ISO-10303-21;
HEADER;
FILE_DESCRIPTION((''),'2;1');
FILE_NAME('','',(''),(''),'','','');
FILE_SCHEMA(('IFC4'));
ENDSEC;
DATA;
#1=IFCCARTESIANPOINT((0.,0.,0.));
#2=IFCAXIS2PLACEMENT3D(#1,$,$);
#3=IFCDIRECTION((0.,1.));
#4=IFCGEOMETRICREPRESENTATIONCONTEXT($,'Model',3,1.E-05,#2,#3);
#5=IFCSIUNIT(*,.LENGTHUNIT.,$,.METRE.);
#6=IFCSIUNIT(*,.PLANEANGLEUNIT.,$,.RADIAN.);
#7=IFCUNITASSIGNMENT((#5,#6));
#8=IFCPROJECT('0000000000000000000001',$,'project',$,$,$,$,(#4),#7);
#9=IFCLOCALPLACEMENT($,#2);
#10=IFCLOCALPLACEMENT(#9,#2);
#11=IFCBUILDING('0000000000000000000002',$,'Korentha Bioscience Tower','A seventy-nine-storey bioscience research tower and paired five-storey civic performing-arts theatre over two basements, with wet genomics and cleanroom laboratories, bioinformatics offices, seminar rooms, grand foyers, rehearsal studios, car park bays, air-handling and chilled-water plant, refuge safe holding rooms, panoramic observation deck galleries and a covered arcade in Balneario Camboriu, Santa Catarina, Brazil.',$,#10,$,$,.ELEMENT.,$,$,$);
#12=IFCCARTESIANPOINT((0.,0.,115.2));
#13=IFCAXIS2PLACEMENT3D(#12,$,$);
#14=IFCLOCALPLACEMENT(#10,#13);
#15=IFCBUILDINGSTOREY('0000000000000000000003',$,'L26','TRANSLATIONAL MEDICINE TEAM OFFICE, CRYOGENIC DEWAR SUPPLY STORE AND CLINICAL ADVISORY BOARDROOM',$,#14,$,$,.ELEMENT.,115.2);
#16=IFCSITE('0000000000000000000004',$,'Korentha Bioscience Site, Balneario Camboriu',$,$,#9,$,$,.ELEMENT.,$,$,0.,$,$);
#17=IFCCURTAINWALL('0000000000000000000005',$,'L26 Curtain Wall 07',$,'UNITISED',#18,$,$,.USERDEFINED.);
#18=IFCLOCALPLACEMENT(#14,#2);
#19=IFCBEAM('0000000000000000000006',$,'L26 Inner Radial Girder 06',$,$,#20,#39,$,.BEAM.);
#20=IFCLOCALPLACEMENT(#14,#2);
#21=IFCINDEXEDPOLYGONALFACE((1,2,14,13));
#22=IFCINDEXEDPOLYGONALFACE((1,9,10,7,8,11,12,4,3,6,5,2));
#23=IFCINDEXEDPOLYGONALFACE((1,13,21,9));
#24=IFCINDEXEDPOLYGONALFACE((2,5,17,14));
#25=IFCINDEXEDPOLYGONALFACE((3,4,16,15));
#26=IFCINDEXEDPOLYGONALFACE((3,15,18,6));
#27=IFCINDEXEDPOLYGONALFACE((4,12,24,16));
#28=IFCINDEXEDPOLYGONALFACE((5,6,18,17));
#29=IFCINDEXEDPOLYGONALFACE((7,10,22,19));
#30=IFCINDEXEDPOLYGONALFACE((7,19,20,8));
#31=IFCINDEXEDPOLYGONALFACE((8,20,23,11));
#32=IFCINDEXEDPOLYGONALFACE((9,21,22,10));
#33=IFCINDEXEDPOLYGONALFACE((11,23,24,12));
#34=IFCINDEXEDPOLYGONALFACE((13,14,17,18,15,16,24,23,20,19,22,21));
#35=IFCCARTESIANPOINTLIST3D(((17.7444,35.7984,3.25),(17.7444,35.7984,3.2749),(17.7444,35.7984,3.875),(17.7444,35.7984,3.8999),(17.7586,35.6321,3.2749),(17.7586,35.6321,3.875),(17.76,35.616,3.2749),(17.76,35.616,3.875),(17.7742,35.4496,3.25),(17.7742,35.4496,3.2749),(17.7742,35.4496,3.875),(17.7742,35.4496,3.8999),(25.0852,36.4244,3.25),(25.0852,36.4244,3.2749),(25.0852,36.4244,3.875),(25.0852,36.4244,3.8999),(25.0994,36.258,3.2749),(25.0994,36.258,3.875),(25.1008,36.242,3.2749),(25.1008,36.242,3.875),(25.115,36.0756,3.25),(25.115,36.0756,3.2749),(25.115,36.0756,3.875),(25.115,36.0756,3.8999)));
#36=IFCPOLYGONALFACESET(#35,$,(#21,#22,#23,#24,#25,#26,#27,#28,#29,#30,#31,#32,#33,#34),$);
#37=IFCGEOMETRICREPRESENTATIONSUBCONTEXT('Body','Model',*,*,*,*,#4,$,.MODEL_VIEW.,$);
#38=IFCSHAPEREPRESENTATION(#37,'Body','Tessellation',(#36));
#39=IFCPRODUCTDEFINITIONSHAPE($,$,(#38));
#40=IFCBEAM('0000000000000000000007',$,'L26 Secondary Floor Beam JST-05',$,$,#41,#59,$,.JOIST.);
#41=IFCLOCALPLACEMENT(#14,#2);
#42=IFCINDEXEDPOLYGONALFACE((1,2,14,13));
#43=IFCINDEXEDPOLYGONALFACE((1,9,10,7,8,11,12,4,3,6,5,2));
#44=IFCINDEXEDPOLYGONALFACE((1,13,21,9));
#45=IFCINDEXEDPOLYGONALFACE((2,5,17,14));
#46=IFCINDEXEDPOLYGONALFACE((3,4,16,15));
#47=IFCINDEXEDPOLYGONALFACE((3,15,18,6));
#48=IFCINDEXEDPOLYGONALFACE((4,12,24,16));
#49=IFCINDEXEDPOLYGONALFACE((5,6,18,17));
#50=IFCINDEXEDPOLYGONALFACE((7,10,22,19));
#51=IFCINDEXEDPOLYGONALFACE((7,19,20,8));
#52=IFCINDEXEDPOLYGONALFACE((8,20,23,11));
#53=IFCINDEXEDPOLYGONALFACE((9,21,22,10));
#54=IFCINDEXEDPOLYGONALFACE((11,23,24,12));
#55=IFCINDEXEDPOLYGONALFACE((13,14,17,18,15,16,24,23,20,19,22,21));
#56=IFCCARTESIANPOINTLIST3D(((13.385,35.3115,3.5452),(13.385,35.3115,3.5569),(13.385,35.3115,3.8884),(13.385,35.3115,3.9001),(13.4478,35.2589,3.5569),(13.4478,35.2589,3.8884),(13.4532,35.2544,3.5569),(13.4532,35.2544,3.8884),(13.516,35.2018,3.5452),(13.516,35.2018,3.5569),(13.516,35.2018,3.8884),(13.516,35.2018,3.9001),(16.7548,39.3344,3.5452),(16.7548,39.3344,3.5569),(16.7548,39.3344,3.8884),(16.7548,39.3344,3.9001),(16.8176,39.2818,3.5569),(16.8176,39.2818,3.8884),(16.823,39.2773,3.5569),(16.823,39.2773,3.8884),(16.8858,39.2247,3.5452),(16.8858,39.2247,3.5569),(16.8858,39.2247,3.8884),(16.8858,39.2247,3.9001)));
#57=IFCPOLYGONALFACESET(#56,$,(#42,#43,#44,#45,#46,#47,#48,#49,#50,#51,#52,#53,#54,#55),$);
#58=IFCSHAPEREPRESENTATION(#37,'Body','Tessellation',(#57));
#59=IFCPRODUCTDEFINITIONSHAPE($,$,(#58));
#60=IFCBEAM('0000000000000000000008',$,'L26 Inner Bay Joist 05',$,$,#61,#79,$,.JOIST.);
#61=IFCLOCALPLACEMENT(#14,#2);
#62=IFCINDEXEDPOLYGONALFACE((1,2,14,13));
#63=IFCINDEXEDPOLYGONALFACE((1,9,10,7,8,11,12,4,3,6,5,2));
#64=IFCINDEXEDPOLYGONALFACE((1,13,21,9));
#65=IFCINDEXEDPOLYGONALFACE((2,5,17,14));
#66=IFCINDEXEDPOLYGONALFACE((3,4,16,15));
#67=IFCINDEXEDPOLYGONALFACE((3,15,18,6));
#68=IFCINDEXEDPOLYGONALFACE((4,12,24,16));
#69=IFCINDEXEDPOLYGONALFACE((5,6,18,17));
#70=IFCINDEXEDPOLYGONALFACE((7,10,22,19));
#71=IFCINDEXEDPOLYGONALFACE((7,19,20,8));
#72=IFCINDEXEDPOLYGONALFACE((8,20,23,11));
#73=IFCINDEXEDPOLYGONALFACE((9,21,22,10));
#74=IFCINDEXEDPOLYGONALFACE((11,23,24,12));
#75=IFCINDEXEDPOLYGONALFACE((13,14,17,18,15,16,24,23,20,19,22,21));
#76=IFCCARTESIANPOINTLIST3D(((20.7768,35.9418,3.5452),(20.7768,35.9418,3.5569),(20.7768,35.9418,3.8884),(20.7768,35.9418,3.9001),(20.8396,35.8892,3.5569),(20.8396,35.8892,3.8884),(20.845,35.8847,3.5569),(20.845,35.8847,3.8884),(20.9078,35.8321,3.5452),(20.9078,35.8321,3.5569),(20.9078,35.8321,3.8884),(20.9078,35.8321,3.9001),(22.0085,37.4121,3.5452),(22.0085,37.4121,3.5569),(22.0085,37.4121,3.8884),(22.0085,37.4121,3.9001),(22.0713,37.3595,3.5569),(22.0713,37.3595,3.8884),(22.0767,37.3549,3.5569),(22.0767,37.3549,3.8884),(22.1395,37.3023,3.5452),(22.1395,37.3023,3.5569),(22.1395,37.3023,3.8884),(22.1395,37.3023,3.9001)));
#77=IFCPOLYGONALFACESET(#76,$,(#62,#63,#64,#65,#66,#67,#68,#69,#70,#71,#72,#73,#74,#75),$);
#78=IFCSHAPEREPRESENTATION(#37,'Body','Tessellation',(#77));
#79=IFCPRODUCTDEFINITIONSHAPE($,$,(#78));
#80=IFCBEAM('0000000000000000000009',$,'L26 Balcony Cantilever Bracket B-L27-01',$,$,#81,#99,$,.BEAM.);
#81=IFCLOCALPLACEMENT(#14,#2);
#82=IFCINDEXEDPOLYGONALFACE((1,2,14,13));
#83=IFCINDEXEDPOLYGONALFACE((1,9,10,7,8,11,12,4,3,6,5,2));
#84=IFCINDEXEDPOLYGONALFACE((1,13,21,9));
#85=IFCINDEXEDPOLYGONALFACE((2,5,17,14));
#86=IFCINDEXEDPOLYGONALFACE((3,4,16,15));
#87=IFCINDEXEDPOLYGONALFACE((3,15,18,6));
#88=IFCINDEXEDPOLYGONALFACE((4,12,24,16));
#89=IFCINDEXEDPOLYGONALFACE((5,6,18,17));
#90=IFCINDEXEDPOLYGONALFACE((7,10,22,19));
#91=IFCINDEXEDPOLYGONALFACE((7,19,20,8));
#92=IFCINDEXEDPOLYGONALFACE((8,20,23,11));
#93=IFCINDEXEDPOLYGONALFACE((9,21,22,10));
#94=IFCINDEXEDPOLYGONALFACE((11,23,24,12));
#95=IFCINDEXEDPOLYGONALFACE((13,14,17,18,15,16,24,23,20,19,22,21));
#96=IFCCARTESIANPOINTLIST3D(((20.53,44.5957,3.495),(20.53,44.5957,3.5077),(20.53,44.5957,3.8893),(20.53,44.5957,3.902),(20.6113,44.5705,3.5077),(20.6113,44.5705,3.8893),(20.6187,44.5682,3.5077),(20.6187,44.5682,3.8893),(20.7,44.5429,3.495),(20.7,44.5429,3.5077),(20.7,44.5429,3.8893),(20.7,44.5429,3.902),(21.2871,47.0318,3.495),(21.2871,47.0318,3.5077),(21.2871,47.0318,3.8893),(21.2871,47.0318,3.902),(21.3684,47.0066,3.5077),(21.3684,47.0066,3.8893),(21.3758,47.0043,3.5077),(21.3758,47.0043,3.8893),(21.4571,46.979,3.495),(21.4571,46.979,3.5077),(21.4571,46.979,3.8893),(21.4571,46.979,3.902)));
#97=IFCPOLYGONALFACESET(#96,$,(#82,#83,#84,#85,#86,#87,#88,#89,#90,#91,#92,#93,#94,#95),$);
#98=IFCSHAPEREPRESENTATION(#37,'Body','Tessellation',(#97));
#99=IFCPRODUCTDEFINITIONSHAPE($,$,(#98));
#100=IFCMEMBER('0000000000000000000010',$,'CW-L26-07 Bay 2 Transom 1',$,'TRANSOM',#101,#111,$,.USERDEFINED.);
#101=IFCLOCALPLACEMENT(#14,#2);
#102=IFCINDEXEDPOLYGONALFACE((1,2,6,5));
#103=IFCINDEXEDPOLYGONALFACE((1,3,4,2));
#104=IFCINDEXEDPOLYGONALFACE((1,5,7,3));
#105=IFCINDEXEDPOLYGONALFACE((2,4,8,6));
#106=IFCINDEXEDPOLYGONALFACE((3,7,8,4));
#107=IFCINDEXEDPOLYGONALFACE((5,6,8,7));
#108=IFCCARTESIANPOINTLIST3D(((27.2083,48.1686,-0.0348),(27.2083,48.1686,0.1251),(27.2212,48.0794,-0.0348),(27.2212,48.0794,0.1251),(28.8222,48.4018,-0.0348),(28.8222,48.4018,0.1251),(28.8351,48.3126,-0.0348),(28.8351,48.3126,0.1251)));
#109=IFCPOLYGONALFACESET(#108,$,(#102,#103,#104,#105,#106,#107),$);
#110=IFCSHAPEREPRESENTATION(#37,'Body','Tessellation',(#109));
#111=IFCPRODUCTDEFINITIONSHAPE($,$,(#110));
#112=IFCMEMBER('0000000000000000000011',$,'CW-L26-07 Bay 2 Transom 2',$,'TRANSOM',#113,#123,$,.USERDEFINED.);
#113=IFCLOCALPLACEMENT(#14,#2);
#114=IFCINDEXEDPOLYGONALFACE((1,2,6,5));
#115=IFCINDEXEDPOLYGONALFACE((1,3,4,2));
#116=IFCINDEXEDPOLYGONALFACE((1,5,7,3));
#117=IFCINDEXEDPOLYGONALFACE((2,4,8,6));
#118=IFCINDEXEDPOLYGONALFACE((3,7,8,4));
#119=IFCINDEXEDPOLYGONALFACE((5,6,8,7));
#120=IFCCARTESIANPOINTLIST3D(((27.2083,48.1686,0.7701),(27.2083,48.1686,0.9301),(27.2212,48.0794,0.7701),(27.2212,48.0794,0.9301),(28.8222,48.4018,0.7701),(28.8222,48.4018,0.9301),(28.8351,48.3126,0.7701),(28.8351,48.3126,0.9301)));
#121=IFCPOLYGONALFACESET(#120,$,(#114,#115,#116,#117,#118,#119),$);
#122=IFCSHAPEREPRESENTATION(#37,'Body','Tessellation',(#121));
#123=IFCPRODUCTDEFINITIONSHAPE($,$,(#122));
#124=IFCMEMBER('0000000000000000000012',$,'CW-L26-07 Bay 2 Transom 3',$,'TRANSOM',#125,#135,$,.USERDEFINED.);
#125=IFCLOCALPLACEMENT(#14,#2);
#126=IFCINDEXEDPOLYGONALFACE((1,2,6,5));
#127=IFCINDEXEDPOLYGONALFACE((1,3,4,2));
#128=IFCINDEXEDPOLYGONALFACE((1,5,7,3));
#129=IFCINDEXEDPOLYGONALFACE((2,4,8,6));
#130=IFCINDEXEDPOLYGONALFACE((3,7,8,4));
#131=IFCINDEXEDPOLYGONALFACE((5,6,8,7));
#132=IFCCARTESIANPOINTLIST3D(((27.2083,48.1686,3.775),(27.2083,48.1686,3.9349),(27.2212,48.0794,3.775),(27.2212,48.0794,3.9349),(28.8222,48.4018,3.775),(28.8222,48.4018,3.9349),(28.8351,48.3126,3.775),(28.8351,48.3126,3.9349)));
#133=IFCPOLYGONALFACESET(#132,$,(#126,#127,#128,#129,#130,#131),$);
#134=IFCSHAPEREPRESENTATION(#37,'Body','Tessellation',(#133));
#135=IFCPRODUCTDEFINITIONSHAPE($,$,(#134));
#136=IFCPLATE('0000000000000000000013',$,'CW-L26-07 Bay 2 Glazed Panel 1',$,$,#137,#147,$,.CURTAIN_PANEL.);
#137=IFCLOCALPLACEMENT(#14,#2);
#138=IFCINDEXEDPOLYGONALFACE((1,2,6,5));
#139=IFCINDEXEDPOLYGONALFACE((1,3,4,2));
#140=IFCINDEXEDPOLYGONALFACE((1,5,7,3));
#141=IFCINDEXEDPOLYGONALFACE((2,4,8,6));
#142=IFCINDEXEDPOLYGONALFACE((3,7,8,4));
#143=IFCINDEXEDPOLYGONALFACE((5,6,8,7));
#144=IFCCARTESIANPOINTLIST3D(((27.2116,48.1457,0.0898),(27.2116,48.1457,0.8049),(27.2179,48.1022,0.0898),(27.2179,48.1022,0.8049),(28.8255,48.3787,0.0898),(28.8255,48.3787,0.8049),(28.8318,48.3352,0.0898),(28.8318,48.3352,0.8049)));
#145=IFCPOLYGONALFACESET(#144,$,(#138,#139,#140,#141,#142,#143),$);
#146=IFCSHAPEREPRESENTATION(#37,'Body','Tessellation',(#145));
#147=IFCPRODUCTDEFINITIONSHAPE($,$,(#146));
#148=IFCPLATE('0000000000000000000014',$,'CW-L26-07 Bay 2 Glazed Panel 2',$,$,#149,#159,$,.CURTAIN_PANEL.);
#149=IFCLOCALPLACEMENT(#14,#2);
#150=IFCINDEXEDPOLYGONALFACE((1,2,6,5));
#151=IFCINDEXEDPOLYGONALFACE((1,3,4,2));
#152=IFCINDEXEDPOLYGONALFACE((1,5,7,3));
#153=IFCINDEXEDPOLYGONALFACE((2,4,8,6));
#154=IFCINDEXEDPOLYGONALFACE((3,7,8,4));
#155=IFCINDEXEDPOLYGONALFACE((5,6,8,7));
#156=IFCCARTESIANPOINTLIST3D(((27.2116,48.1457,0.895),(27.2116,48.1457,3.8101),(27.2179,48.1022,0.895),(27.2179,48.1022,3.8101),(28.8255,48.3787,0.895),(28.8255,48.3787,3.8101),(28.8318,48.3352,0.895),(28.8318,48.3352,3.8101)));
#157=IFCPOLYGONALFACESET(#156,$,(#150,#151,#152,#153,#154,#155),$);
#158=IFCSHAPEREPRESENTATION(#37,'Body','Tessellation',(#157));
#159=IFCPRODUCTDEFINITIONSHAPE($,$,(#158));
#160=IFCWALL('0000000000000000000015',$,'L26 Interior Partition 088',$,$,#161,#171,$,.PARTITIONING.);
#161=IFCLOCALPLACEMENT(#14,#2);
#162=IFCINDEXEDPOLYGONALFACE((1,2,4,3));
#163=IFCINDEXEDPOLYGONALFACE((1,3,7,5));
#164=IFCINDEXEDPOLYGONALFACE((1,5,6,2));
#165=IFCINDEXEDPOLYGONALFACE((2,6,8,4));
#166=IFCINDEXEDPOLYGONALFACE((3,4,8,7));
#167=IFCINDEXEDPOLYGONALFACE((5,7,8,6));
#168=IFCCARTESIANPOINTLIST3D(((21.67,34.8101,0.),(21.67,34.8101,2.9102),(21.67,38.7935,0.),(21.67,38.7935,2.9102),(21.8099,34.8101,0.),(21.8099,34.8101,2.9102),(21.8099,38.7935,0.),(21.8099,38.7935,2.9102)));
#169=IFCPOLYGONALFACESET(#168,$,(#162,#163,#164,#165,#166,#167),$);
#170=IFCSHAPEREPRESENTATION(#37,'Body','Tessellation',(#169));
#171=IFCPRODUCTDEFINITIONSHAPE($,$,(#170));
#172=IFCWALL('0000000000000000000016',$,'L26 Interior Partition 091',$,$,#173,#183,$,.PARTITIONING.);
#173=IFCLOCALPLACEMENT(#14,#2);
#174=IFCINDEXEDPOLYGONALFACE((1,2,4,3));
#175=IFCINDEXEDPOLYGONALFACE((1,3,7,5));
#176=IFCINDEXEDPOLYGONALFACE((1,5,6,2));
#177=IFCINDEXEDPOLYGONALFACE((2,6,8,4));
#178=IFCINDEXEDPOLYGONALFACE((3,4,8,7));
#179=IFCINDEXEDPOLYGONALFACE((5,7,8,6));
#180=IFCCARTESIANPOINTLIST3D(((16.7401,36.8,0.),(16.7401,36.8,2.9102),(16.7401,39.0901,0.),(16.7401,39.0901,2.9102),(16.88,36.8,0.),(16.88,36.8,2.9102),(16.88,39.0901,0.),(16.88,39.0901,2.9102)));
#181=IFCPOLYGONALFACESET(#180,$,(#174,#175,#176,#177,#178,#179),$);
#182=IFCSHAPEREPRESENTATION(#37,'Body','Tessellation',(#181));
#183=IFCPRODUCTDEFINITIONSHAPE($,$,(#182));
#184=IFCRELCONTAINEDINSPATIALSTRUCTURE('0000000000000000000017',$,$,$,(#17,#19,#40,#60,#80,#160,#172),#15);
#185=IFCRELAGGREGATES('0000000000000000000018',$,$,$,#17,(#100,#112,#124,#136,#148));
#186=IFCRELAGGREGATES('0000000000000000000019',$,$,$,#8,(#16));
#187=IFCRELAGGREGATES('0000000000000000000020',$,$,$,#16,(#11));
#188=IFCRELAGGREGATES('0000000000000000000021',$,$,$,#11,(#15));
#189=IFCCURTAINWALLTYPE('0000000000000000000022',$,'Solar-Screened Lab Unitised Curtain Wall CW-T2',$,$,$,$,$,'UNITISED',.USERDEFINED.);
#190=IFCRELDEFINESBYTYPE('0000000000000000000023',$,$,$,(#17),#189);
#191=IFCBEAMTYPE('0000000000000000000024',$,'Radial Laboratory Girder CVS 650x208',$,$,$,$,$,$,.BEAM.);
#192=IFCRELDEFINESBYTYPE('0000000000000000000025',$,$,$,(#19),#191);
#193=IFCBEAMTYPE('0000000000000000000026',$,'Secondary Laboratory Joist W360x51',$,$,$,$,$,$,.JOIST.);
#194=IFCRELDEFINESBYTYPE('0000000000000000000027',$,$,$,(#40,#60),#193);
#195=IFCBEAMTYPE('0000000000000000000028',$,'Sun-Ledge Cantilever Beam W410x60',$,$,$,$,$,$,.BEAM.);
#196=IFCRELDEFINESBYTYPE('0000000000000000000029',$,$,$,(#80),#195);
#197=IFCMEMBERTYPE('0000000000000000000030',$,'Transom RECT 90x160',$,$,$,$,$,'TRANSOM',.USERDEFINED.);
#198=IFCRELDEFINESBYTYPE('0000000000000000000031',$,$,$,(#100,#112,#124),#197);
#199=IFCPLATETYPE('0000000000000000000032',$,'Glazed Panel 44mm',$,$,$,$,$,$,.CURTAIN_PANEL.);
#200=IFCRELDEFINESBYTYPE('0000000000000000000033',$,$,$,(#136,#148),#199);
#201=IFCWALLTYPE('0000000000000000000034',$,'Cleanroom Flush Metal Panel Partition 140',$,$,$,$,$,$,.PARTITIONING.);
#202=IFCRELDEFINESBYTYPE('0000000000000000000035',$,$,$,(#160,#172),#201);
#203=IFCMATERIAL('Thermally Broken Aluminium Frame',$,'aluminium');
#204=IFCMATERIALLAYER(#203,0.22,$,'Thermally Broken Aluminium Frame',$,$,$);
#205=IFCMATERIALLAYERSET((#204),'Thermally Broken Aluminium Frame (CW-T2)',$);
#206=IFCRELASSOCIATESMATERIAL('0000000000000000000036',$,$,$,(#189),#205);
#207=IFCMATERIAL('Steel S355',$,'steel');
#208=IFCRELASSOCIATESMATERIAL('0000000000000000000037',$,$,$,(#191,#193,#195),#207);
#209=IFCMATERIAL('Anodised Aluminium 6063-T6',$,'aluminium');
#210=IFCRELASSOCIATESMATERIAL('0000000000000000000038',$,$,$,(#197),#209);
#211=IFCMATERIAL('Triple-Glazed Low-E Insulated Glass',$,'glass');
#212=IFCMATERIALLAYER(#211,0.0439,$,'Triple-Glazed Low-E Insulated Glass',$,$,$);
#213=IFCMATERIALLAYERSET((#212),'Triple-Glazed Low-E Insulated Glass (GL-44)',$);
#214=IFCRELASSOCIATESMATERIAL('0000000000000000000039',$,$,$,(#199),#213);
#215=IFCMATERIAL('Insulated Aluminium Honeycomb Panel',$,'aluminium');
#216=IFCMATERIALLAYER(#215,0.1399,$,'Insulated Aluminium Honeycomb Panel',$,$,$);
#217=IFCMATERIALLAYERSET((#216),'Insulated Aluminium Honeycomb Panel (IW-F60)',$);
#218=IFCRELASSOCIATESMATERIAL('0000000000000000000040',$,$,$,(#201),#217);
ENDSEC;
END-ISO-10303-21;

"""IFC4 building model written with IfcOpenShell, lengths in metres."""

from ifc_helpers import new_model, si_unit, direction, frame, frame_2d, origin, origin_2d, place, context, subcontext, project, spatial, rectangle, i_section, extrude, material, layer, layer_set, material_profile, profile_set, type_object, element, aggregate, save


model = new_model("IFC4")

# Units and contexts
model_context = context("Model", 3, precision=1e-05, world=origin(), true_north=direction((0.0, 1.0)))
body_context = subcontext(model_context, "Body", "Model", "MODEL_VIEW")
ifc_project = project(units=[si_unit("LENGTHUNIT", "METRE"), si_unit("PLANEANGLEUNIT", "RADIAN")], contexts=[model_context])

# Site, building, storey
site_placement = place(None, origin())
site = spatial("IfcSite", under=ifc_project, at=site_placement, Name="Korentha Bioscience Site, Balneario Camboriu", CompositionType="ELEMENT", RefElevation=0.0)
building_placement = place(site_placement, origin())
building = spatial("IfcBuilding", under=site, at=building_placement, Name="Korentha Bioscience Tower", Description="A seventy-nine-storey bioscience research tower and paired five-storey civic performing-arts theatre over two basements, with wet genomics and cleanroom laboratories, bioinformatics offices, seminar rooms, grand foyers, rehearsal studios, car park bays, air-handling and chilled-water plant, refuge safe holding rooms, panoramic observation deck galleries and a covered arcade in Balneario Camboriu, Santa Catarina, Brazil.", CompositionType="ELEMENT")
storey_placement = place(building_placement, frame((0.0, 0.0, 115.2)))
storey = spatial("IfcBuildingStorey", under=building, at=storey_placement, Name="L26", Description="TRANSLATIONAL MEDICINE TEAM OFFICE, CRYOGENIC DEWAR SUPPLY STORE AND CLINICAL ADVISORY BOARDROOM", CompositionType="ELEMENT", Elevation=115.2)

# Shared definitions
ifc_material_1 = material(Name="Steel S355", Category="steel")

# Curtain wall
ifc_material_2 = material(Name="Thermally Broken Aluminium Frame", Category="aluminium")
ifc_layer_1 = layer(ifc_material_2, 0.22, Name="Thermally Broken Aluminium Frame")
ifc_layer_set_1 = layer_set([ifc_layer_1], Name="Thermally Broken Aluminium Frame (CW-T2)")
curtain_wall_type = type_object("IfcCurtainWallType", Name="Solar-Screened Lab Unitised Curtain Wall CW-T2", ElementType="UNITISED", PredefinedType="USERDEFINED", material=ifc_layer_set_1)
curtain_wall_placement = place(storey_placement, origin())
curtain_wall = element("IfcCurtainWall", 1, at=curtain_wall_placement, inside=storey, type_object=curtain_wall_type, Name="L26 Curtain Wall 07", ObjectType="UNITISED", PredefinedType="USERDEFINED")
ifc_material_3 = material(Name="Anodised Aluminium 6063-T6", Category="aluminium")

# Beams
ifc_material_profile_1 = material_profile(ifc_material_1, i_section(OverallWidth=0.3501, OverallDepth=0.6499, WebThickness=0.0161, FlangeThickness=0.0249, at=origin_2d()), Name="Steel S355")
ifc_profile_set_1 = profile_set([ifc_material_profile_1], Name="Steel S355 (RB-650)")
beam_type_1 = type_object("IfcBeamType", Name="Radial Laboratory Girder CVS 650x208", PredefinedType="BEAM", material=ifc_profile_set_1)
beam_1_placement = place(storey_placement, frame((25.1001, 36.25, 3.575), z_axis=(-0.996384, -0.084965, 0.0), x_axis=(0.084965, -0.996384, 0.0)))
element("IfcBeam", 2, at=beam_1_placement, inside=storey, type_object=beam_type_1, Name="L26 Inner Radial Girder 06", PredefinedType="BEAM", context=body_context, shape_type="SweptSolid", body=[
    extrude(i_section(OverallWidth=0.3501, OverallDepth=0.6499, WebThickness=0.0161, FlangeThickness=0.0249, at=origin_2d()), origin(), (0.0, 0.0, 1.0), 7.3674),
])
ifc_material_profile_2 = material_profile(ifc_material_1, i_section(OverallWidth=0.1709, OverallDepth=0.355, WebThickness=0.0071, FlangeThickness=0.0117, at=origin_2d()), Name="Steel S355")
ifc_profile_set_2 = profile_set([ifc_material_profile_2], Name="Steel S355 (JB-360)")
beam_type_2 = type_object("IfcBeamType", Name="Secondary Laboratory Joist W360x51", PredefinedType="JOIST", material=ifc_profile_set_2)
beam_2_placement = place(storey_placement, frame((16.8203, 39.2795, 3.7227), z_axis=(-0.642141, -0.766587, 0.0), x_axis=(0.766587, -0.642141, 0.0)))
element("IfcBeam", 3, at=beam_2_placement, inside=storey, type_object=beam_type_2, Name="L26 Secondary Floor Beam JST-05", PredefinedType="JOIST", context=body_context, shape_type="SweptSolid", body=[
    extrude(i_section(OverallWidth=0.1709, OverallDepth=0.355, WebThickness=0.0071, FlangeThickness=0.0117, at=origin_2d()), origin(), (0.0, 0.0, 1.0), 5.2478),
])
beam_3_placement = place(storey_placement, frame((22.074, 37.3572, 3.7227), z_axis=(-0.642185, -0.766549, 0.0), x_axis=(0.766549, -0.642185, 0.0)))
element("IfcBeam", 4, at=beam_3_placement, inside=storey, type_object=beam_type_2, Name="L26 Inner Bay Joist 05", PredefinedType="JOIST", context=body_context, shape_type="SweptSolid", body=[
    extrude(i_section(OverallWidth=0.1709, OverallDepth=0.355, WebThickness=0.0071, FlangeThickness=0.0117, at=origin_2d()), origin(), (0.0, 0.0, 1.0), 1.918),
])
ifc_material_profile_3 = material_profile(ifc_material_1, i_section(OverallWidth=0.178, OverallDepth=0.407, WebThickness=0.0078, FlangeThickness=0.0127, at=origin_2d()), Name="Steel S355")
ifc_profile_set_3 = profile_set([ifc_material_profile_3], Name="Steel S355 (CB-410)")
beam_type_3 = type_object("IfcBeamType", Name="Sun-Ledge Cantilever Beam W410x60", PredefinedType="BEAM", material=ifc_profile_set_3)
beam_4_placement = place(storey_placement, frame((20.615, 44.5693, 3.6985), z_axis=(0.296781, 0.954945, 0.0), x_axis=(-0.954945, 0.296781, 0.0)))
element("IfcBeam", 5, at=beam_4_placement, inside=storey, type_object=beam_type_3, Name="L26 Balcony Cantilever Bracket B-L27-01", PredefinedType="BEAM", context=body_context, shape_type="SweptSolid", body=[
    extrude(i_section(OverallWidth=0.178, OverallDepth=0.407, WebThickness=0.0078, FlangeThickness=0.0127, at=origin_2d()), origin(), (0.0, 0.0, 1.0), 2.551),
])

# Members
ifc_material_profile_4 = material_profile(ifc_material_3, rectangle(XDim=0.0901, YDim=0.1599, at=origin_2d()), Name="Anodised Aluminium 6063-T6")
ifc_profile_set_4 = profile_set([ifc_material_profile_4], Name="Anodised Aluminium 6063-T6 (CW-TRN)")
member_type_1 = type_object("IfcMemberType", Name="Transom RECT 90x160", ElementType="TRANSOM", PredefinedType="USERDEFINED", material=ifc_profile_set_4)
member_1_placement = place(storey_placement, frame((28.8286, 48.3572, 0.0452), z_axis=(-0.989724, -0.142993, 0.0), x_axis=(0.142993, -0.989724, 0.0)))
member_1 = element("IfcMember", 6, at=member_1_placement, type_object=member_type_1, Name="CW-L26-07 Bay 2 Transom 1", ObjectType="TRANSOM", PredefinedType="USERDEFINED", context=body_context, shape_type="SweptSolid", body=[
    extrude(rectangle(XDim=0.0901, YDim=0.1599, at=origin_2d()), origin(), (0.0, 0.0, 1.0), 1.6306),
])
member_2_placement = place(storey_placement, frame((28.8286, 48.3572, 0.8501), z_axis=(-0.989724, -0.142993, 0.0), x_axis=(0.142993, -0.989724, 0.0)))
member_2 = element("IfcMember", 7, at=member_2_placement, type_object=member_type_1, Name="CW-L26-07 Bay 2 Transom 2", ObjectType="TRANSOM", PredefinedType="USERDEFINED", context=body_context, shape_type="SweptSolid", body=[
    extrude(rectangle(XDim=0.0901, YDim=0.1599, at=origin_2d()), origin(), (0.0, 0.0, 1.0), 1.6306),
])
member_3_placement = place(storey_placement, frame((28.8286, 48.3572, 3.855), z_axis=(-0.989724, -0.142993, 0.0), x_axis=(0.142993, -0.989724, 0.0)))
member_3 = element("IfcMember", 8, at=member_3_placement, type_object=member_type_1, Name="CW-L26-07 Bay 2 Transom 3", ObjectType="TRANSOM", PredefinedType="USERDEFINED", context=body_context, shape_type="SweptSolid", body=[
    extrude(rectangle(XDim=0.0901, YDim=0.1599, at=origin_2d()), origin(), (0.0, 0.0, 1.0), 1.6306),
])

# Plates
ifc_material_4 = material(Name="Triple-Glazed Low-E Insulated Glass", Category="glass")
ifc_layer_2 = layer(ifc_material_4, 0.0439, Name="Triple-Glazed Low-E Insulated Glass")
ifc_layer_set_2 = layer_set([ifc_layer_2], Name="Triple-Glazed Low-E Insulated Glass (GL-44)")
plate_type = type_object("IfcPlateType", Name="Glazed Panel 44mm", PredefinedType="CURTAIN_PANEL", material=ifc_layer_set_2)
plate_1_placement = place(storey_placement, frame((28.0217, 48.2405, 0.0898), z_axis=(0.0, 0.0, 1.0), x_axis=(-0.989738, -0.142892, 0.0)))
plate_1 = element("IfcPlate", 9, at=plate_1_placement, type_object=plate_type, Name="CW-L26-07 Bay 2 Glazed Panel 1", PredefinedType="CURTAIN_PANEL", context=body_context, shape_type="SweptSolid", body=[
    extrude(rectangle(XDim=1.6306, YDim=0.0439, at=origin_2d()), origin(), (0.0, 0.0, 1.0), 0.7151),
])
plate_2_placement = place(storey_placement, frame((28.0217, 48.2405, 0.895), z_axis=(0.0, 0.0, 1.0), x_axis=(-0.989738, -0.142892, 0.0)))
plate_2 = element("IfcPlate", 10, at=plate_2_placement, type_object=plate_type, Name="CW-L26-07 Bay 2 Glazed Panel 2", PredefinedType="CURTAIN_PANEL", context=body_context, shape_type="SweptSolid", body=[
    extrude(rectangle(XDim=1.6306, YDim=0.0439, at=origin_2d()), origin(), (0.0, 0.0, 1.0), 2.915),
])
aggregate(curtain_wall, [member_1, member_2, member_3, plate_1, plate_2])

# Walls
ifc_material_5 = material(Name="Insulated Aluminium Honeycomb Panel", Category="aluminium")
ifc_layer_3 = layer(ifc_material_5, 0.1399, Name="Insulated Aluminium Honeycomb Panel")
ifc_layer_set_3 = layer_set([ifc_layer_3], Name="Insulated Aluminium Honeycomb Panel (IW-F60)")
wall_type_1 = type_object("IfcWallType", Name="Cleanroom Flush Metal Panel Partition 140", PredefinedType="PARTITIONING", material=ifc_layer_set_3)
wall_1_placement = place(storey_placement, frame((21.74, 38.7935, 0.0), z_axis=(0.0, 0.0, 1.0), x_axis=(0.0, -1.0, 0.0)))
element("IfcWall", 11, at=wall_1_placement, inside=storey, type_object=wall_type_1, Name="L26 Interior Partition 088", PredefinedType="PARTITIONING", context=body_context, shape_type="SweptSolid", body=[
    extrude(rectangle(XDim=3.9834, YDim=0.1399, at=frame_2d((1.9917, 0.0))), origin(), (0.0, 0.0, 1.0), 2.9102),
])
wall_2_placement = place(storey_placement, frame((16.8101, 36.8, 0.0), z_axis=(0.0, 0.0, 1.0), x_axis=(0.0, 1.0, 0.0)))
element("IfcWall", 12, at=wall_2_placement, inside=storey, type_object=wall_type_1, Name="L26 Interior Partition 091", PredefinedType="PARTITIONING", context=body_context, shape_type="SweptSolid", body=[
    extrude(rectangle(XDim=2.29, YDim=0.1399, at=frame_2d((1.145, 0.0))), origin(), (0.0, 0.0, 1.0), 2.9102),
])

save(model, "model.ifc")
